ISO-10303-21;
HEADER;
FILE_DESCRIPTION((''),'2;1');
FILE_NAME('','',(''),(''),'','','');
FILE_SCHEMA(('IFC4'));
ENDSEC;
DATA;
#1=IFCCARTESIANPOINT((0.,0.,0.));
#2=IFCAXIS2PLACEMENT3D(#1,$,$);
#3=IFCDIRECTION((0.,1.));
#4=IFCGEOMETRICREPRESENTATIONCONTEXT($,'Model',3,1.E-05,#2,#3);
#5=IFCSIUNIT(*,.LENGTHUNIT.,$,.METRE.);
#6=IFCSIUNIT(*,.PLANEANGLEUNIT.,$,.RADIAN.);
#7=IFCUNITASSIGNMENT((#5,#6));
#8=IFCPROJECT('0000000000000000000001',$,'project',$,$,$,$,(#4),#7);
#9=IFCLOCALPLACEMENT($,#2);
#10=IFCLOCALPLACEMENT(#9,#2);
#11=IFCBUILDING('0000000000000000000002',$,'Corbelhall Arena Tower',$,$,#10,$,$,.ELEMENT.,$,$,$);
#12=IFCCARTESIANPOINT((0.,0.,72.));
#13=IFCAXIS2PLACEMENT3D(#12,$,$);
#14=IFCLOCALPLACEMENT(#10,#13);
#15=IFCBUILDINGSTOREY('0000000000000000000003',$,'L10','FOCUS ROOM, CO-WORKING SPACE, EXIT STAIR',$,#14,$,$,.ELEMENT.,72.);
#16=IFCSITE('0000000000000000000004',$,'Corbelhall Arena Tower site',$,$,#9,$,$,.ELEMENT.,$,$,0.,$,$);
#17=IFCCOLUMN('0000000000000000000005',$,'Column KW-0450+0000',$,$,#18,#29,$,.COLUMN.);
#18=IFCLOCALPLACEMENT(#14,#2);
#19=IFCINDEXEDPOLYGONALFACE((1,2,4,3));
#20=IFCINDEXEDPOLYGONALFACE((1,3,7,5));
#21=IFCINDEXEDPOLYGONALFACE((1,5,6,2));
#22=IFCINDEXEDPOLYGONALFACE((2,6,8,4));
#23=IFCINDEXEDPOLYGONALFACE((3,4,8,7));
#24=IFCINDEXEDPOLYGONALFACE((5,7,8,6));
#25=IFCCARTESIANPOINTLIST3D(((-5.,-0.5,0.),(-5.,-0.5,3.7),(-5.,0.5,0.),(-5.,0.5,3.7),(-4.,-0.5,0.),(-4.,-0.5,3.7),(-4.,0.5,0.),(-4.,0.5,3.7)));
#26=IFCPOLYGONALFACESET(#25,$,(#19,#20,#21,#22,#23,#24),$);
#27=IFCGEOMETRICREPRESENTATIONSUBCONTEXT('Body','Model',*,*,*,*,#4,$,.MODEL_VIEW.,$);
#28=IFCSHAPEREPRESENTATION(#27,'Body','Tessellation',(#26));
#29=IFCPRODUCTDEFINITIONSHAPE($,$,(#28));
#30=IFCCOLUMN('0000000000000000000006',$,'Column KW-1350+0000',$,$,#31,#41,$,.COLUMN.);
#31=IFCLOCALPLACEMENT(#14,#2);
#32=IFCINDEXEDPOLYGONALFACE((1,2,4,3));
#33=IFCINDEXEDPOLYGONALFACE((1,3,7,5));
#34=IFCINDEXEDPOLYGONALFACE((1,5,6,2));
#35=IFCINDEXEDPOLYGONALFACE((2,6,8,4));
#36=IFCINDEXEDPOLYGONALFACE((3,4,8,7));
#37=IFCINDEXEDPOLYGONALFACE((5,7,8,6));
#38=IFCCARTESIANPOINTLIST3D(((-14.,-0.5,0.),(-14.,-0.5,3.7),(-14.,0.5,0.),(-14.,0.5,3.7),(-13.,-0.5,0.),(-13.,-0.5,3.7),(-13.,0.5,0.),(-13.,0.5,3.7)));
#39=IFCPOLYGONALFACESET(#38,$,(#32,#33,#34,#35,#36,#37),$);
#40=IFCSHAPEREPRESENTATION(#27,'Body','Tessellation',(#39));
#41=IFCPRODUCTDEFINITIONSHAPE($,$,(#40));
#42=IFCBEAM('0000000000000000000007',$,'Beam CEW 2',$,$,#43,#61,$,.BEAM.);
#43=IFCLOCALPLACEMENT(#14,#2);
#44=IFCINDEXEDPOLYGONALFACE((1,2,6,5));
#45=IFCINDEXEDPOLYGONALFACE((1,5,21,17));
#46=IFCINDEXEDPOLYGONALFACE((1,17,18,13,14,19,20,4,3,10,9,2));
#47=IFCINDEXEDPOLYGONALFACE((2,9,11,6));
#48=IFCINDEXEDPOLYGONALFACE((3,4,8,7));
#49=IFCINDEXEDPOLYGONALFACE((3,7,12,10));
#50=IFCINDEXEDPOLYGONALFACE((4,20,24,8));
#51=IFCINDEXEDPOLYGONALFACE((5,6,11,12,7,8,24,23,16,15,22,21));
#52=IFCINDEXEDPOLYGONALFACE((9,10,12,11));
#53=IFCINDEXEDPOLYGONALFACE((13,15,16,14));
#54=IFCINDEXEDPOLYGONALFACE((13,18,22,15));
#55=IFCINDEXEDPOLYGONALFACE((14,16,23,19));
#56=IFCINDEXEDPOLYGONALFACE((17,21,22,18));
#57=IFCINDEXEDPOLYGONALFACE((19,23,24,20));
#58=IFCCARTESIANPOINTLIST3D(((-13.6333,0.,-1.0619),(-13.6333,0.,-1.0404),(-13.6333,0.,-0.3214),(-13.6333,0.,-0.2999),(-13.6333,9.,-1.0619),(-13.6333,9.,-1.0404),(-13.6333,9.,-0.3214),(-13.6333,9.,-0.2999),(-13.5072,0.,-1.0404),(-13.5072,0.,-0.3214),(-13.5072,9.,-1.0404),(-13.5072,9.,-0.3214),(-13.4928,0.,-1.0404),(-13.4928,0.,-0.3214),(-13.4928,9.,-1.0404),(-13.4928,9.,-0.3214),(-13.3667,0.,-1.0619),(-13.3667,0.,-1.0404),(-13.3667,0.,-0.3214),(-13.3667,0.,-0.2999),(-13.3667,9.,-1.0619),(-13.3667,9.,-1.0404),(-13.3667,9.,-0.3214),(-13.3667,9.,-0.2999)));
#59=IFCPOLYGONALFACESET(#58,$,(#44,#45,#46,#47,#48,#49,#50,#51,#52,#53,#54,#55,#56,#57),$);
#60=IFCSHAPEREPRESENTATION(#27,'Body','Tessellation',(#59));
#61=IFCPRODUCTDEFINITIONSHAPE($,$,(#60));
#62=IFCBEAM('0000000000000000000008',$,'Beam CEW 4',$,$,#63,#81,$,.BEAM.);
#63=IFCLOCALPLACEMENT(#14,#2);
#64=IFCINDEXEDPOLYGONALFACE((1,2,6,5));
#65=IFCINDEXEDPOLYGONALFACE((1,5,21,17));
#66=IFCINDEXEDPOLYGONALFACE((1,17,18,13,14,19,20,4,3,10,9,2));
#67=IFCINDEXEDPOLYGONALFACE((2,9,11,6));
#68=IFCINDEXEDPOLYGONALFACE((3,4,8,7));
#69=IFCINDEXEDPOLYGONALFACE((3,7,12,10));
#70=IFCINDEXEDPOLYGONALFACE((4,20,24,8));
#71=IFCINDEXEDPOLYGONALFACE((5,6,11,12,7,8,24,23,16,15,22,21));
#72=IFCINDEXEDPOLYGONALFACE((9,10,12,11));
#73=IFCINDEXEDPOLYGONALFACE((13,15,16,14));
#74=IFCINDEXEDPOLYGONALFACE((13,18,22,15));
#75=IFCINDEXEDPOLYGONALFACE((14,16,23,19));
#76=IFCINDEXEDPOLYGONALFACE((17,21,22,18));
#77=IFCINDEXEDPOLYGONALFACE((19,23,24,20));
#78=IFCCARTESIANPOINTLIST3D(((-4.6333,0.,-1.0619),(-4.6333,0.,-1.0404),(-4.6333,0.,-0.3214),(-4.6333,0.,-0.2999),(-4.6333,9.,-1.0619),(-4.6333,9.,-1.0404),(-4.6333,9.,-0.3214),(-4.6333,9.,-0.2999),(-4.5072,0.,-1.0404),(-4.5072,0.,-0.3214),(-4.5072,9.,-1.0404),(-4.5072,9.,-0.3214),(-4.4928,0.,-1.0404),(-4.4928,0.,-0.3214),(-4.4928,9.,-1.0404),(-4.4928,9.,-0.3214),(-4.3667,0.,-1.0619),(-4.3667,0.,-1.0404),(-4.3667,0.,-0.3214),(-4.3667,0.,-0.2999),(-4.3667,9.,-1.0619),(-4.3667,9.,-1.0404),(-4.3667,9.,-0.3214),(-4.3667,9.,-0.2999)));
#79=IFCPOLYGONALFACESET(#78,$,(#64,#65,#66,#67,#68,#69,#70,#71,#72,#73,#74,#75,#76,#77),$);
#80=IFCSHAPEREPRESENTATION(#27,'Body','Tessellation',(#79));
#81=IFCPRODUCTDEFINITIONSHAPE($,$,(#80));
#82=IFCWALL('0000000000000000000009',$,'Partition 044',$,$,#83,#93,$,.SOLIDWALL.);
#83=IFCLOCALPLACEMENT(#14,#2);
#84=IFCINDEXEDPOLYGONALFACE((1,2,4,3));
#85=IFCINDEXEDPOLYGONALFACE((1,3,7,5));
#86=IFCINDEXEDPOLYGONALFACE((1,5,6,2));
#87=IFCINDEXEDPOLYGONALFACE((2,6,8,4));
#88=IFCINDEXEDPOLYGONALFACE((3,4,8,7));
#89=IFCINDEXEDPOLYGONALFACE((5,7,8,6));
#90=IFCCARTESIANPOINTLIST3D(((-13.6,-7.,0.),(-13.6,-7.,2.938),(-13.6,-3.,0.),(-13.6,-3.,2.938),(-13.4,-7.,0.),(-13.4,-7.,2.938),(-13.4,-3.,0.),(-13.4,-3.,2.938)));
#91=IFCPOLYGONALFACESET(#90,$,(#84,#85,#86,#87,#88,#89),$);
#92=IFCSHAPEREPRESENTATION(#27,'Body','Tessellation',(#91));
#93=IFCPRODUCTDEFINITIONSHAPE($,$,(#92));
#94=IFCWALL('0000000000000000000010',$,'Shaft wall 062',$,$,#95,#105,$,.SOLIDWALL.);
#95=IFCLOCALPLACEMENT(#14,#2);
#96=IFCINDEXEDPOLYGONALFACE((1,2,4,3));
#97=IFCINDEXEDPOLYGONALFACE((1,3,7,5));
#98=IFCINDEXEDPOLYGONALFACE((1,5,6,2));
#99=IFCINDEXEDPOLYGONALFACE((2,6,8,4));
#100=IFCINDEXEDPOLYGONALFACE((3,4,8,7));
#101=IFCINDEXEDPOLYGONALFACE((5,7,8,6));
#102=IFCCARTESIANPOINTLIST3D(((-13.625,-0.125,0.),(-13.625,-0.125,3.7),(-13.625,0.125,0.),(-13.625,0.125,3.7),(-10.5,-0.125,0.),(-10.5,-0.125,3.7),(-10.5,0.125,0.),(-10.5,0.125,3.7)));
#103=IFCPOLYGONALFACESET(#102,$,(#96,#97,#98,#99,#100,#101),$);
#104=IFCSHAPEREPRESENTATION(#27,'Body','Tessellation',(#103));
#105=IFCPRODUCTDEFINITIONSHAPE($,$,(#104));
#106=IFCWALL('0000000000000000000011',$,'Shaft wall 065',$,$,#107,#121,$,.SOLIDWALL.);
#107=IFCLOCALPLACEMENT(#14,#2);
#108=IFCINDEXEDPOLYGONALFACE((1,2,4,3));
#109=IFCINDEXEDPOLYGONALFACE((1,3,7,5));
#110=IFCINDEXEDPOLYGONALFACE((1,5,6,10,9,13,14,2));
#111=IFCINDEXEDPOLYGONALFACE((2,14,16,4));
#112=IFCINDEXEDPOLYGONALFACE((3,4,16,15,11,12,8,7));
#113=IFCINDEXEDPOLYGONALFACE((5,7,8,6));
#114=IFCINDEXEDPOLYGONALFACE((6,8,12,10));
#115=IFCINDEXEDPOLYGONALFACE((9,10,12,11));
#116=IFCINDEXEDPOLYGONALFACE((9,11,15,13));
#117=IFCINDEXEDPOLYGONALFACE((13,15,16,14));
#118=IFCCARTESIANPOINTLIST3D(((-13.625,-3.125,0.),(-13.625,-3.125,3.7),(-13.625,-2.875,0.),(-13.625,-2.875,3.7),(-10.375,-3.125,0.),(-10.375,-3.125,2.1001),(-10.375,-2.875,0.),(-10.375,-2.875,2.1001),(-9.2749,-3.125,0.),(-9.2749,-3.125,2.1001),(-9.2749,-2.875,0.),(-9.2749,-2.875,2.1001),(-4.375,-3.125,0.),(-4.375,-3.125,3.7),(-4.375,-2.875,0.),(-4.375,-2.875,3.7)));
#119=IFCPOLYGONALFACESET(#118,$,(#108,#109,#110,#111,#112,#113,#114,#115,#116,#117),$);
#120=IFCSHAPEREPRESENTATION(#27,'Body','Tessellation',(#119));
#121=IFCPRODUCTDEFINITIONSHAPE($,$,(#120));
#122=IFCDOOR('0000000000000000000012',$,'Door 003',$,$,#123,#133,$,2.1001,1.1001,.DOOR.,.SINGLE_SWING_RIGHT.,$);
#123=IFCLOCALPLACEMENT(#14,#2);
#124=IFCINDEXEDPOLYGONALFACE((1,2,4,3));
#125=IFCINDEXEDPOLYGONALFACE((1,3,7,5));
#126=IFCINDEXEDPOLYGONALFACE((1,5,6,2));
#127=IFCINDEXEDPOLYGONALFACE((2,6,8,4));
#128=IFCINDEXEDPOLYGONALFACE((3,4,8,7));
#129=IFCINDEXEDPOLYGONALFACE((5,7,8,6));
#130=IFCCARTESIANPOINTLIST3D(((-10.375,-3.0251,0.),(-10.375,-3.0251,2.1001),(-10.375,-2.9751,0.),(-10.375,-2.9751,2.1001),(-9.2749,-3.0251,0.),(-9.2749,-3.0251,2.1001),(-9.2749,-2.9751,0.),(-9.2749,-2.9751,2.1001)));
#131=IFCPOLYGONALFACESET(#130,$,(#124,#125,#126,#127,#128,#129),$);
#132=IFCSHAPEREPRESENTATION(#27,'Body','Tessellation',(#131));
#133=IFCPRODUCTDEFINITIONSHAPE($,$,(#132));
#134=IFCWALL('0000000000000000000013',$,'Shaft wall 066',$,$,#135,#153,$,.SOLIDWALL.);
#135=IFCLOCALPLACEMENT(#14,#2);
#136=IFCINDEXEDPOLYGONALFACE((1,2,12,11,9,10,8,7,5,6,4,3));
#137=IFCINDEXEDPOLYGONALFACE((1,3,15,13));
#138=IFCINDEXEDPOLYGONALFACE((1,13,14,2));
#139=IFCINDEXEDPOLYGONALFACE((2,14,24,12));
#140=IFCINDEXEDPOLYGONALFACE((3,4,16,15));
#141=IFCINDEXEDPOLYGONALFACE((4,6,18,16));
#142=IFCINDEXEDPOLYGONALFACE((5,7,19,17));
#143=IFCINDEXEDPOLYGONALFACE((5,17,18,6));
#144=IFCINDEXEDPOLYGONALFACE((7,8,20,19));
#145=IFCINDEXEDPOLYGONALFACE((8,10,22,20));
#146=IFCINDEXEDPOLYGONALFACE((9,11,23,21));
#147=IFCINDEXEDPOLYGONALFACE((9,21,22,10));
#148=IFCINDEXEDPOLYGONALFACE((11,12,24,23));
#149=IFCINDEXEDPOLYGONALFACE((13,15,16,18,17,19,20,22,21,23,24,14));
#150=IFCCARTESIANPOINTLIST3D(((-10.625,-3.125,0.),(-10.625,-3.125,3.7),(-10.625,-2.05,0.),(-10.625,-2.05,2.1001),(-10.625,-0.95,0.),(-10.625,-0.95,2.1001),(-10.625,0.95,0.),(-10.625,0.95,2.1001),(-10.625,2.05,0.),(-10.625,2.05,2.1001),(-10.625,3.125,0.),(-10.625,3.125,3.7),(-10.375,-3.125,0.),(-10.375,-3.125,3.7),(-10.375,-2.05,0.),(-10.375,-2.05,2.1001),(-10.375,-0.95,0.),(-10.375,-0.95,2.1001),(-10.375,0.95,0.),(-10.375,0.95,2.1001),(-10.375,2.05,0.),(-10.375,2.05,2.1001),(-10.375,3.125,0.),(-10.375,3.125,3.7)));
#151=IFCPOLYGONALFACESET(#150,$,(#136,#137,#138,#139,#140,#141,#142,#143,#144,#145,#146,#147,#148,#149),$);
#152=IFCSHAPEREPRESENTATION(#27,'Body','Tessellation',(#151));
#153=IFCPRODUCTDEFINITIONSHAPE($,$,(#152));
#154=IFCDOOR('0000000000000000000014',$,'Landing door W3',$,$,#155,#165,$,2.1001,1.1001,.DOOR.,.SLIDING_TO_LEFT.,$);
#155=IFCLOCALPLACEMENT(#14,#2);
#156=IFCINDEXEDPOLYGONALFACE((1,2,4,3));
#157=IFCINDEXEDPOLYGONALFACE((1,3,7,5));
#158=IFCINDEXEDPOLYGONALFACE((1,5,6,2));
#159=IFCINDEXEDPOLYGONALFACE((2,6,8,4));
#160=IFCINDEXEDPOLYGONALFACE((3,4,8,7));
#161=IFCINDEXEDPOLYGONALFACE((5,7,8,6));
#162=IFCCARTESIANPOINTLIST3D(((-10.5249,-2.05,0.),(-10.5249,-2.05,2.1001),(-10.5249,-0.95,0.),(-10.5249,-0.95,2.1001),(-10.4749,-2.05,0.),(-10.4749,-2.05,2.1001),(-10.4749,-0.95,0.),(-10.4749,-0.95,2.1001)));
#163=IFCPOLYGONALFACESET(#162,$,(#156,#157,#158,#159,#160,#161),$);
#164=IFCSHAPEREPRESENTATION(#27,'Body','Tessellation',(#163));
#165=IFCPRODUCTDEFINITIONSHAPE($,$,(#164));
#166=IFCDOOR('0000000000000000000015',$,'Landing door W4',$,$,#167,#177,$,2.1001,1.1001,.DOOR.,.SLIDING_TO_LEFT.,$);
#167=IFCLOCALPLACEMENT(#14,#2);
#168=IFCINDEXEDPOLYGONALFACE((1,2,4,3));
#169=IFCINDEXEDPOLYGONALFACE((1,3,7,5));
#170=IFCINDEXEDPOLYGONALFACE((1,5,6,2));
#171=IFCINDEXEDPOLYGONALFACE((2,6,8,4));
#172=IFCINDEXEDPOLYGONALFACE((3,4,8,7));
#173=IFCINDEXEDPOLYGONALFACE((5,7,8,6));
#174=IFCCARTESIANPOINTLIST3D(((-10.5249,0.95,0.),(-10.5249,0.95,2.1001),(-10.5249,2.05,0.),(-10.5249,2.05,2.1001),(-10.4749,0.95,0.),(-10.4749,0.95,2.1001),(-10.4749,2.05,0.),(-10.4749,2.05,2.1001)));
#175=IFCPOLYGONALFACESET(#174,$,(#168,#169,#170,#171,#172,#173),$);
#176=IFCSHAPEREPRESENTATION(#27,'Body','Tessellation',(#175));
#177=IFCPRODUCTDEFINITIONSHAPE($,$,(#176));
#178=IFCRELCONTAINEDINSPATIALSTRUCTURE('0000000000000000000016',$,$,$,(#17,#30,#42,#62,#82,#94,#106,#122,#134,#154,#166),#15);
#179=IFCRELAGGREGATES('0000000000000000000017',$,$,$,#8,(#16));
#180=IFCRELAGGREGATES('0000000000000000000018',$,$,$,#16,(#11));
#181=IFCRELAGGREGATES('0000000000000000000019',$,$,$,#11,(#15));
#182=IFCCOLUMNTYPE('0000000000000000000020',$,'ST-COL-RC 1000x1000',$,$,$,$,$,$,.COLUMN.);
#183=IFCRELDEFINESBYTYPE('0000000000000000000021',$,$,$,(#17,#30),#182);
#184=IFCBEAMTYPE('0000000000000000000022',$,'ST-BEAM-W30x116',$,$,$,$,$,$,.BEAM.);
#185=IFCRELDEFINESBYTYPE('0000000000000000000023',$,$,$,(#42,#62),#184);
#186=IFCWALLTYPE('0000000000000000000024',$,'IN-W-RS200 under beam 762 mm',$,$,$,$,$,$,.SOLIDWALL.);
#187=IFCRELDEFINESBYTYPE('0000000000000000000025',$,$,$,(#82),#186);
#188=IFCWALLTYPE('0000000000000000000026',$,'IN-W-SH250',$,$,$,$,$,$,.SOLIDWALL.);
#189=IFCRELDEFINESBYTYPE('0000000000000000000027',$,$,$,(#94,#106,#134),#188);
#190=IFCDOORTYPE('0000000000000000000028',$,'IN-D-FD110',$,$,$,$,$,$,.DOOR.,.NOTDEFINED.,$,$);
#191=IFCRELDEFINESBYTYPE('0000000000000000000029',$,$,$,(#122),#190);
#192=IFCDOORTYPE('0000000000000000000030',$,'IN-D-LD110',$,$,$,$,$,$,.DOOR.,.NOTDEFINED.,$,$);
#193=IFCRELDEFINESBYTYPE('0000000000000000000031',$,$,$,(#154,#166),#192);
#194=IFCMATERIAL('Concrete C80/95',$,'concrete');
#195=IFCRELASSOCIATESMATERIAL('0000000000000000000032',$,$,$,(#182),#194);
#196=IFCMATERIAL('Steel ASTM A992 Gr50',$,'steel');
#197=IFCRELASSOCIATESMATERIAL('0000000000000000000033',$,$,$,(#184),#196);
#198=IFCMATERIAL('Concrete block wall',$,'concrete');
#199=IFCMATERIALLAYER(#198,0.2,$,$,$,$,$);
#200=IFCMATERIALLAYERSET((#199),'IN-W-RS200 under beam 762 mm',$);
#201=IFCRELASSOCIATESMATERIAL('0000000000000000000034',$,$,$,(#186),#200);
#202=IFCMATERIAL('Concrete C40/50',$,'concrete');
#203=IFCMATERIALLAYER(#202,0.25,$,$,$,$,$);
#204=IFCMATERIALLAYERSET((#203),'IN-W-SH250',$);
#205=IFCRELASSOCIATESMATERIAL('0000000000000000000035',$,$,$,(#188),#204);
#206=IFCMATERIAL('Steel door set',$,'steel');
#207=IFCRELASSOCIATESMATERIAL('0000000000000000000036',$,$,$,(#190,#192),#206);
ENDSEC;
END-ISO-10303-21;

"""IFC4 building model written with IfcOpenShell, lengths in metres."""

from ifc_helpers import new_model, si_unit, direction, frame, frame_2d, origin, origin_2d, place, context, subcontext, project, spatial, rectangle, i_section, extrude, material, layer, layer_set, material_profile, profile_set, type_object, element, fill, save


model = new_model("IFC4")

# Units and contexts
model_context = context("Model", 3, precision=1e-05, world=origin(), true_north=direction((0.0, 1.0)))
body_context = subcontext(model_context, "Body", "Model", "MODEL_VIEW")
ifc_project = project(units=[si_unit("LENGTHUNIT", "METRE"), si_unit("PLANEANGLEUNIT", "RADIAN")], contexts=[model_context])

# Site, building, storey
site_placement = place(None, origin())
site = spatial("IfcSite", under=ifc_project, at=site_placement, Name="Corbelhall Arena Tower site", CompositionType="ELEMENT", RefElevation=0.0)
building_placement = place(site_placement, origin())
building = spatial("IfcBuilding", under=site, at=building_placement, Name="Corbelhall Arena Tower", CompositionType="ELEMENT")
storey_placement = place(building_placement, frame((0.0, 0.0, 72.0)))
storey = spatial("IfcBuildingStorey", under=building, at=storey_placement, Name="L10", Description="FOCUS ROOM, CO-WORKING SPACE, EXIT STAIR", CompositionType="ELEMENT", Elevation=72.0)

# Columns
ifc_material_1 = material(Name="Concrete C80/95", Category="concrete")
ifc_material_profile_1 = material_profile(ifc_material_1, rectangle(XDim=1.0, YDim=1.0, at=origin_2d()))
ifc_profile_set_1 = profile_set([ifc_material_profile_1], Name="Concrete C80/95")
column_type = type_object("IfcColumnType", Name="ST-COL-RC 1000x1000", PredefinedType="COLUMN", material=ifc_profile_set_1)
for number, where, z_axis, x_axis, name in (
    (1, (-4.5, 0.0, 0.0), (0.0, 0.0, 1.0), (1.0, 0.0, 0.0), "Column KW-0450+0000"),
    (2, (-13.5, 0.0, 0.0), (0.0, 0.0, 1.0), (1.0, 0.0, 0.0), "Column KW-1350+0000"),
):
    element("IfcColumn", number, at=place(storey_placement, frame(where, z_axis=z_axis, x_axis=x_axis)), inside=storey, type_object=column_type, Name=name, PredefinedType="COLUMN", context=body_context, shape_type="SweptSolid", body=[
        extrude(rectangle(XDim=1.0, YDim=1.0, at=origin_2d()), origin(), (0.0, 0.0, 1.0), 3.7),
    ])

# Beams
ifc_material_2 = material(Name="Steel ASTM A992 Gr50", Category="steel")
ifc_material_profile_2 = material_profile(ifc_material_2, i_section(OverallWidth=0.2666, OverallDepth=0.762, WebThickness=0.0144, FlangeThickness=0.0215, at=origin_2d()))
ifc_profile_set_2 = profile_set([ifc_material_profile_2], Name="Steel ASTM A992 Gr50")
beam_type = type_object("IfcBeamType", Name="ST-BEAM-W30x116", PredefinedType="BEAM", material=ifc_profile_set_2)
for number, where, z_axis, x_axis, name in (
    (3, (-13.5, 0.0, -0.6809), (0.0, 1.0, 0.0), (-1.0, 0.0, 0.0), "Beam CEW 2"),
    (4, (-4.5, 0.0, -0.6809), (0.0, 1.0, 0.0), (-1.0, 0.0, 0.0), "Beam CEW 4"),
):
    element("IfcBeam", number, at=place(storey_placement, frame(where, z_axis=z_axis, x_axis=x_axis)), inside=storey, type_object=beam_type, Name=name, PredefinedType="BEAM", context=body_context, shape_type="SweptSolid", body=[
        extrude(i_section(OverallWidth=0.2666, OverallDepth=0.762, WebThickness=0.0144, FlangeThickness=0.0215, at=origin_2d()), origin(), (0.0, 0.0, 1.0), 9.0),
    ])

# Walls
ifc_material_3 = material(Name="Concrete block wall", Category="concrete")
ifc_layer_1 = layer(ifc_material_3, 0.2)
ifc_layer_set_1 = layer_set([ifc_layer_1], Name="IN-W-RS200 under beam 762 mm")
wall_type_1 = type_object("IfcWallType", Name="IN-W-RS200 under beam 762 mm", PredefinedType="SOLIDWALL", material=ifc_layer_set_1)
wall_1_placement = place(storey_placement, frame((-13.5, -7.0, 0.0), z_axis=(0.0, 0.0, 1.0), x_axis=(0.0, 1.0, 0.0)))
element("IfcWall", 5, at=wall_1_placement, inside=storey, type_object=wall_type_1, Name="Partition 044", PredefinedType="SOLIDWALL", context=body_context, shape_type="SweptSolid", body=[
    extrude(rectangle(XDim=4.0, YDim=0.2, at=frame_2d((2.0, 0.0))), origin(), (0.0, 0.0, 1.0), 2.938),
])
ifc_material_4 = material(Name="Concrete C40/50", Category="concrete")
ifc_layer_2 = layer(ifc_material_4, 0.25)
ifc_layer_set_2 = layer_set([ifc_layer_2], Name="IN-W-SH250")
wall_type_2 = type_object("IfcWallType", Name="IN-W-SH250", PredefinedType="SOLIDWALL", material=ifc_layer_set_2)
wall_2_placement = place(storey_placement, frame((-13.625, 0.0, 0.0), z_axis=(0.0, 0.0, 1.0), x_axis=(1.0, 0.0, 0.0)))
element("IfcWall", 6, at=wall_2_placement, inside=storey, type_object=wall_type_2, Name="Shaft wall 062", PredefinedType="SOLIDWALL", context=body_context, shape_type="SweptSolid", body=[
    extrude(rectangle(XDim=3.125, YDim=0.25, at=frame_2d((1.5625, 0.0))), origin(), (0.0, 0.0, 1.0), 3.7),
])

# Wall, opening, door
wall_3_placement = place(storey_placement, frame((-13.625, -3.0, 0.0), z_axis=(0.0, 0.0, 1.0), x_axis=(1.0, 0.0, 0.0)))
wall_3 = element("IfcWall", 7, at=wall_3_placement, inside=storey, type_object=wall_type_2, Name="Shaft wall 065", PredefinedType="SOLIDWALL", context=body_context, shape_type="SweptSolid", body=[
    extrude(rectangle(XDim=9.25, YDim=0.25, at=frame_2d((4.625, 0.0))), origin(), (0.0, 0.0, 1.0), 3.7),
])
opening_1_placement = place(wall_3_placement, frame((3.25, 0.0, 0.0)))
opening_1 = element("IfcOpeningElement", 8, at=opening_1_placement, cuts=wall_3, PredefinedType="OPENING", context=body_context, shape_type="SweptSolid", body=[
    extrude(rectangle(XDim=1.1001, YDim=2.1001, at=frame_2d((0.55, 1.05))), frame((0.0, 0.125, 0.0), z_axis=(0.0, -1.0, 0.0), x_axis=(1.0, 0.0, 0.0)), (0.0, 0.0, 1.0), 0.25),
])
ifc_material_5 = material(Name="Steel door set", Category="steel")
door_type_1 = type_object("IfcDoorType", Name="IN-D-FD110", OperationType="NOTDEFINED", PredefinedType="DOOR", material=ifc_material_5)
door_1_placement = place(opening_1_placement, origin())
door_1 = element("IfcDoor", 9, at=door_1_placement, inside=storey, type_object=door_type_1, Name="Door 003", OperationType="SINGLE_SWING_RIGHT", OverallHeight=2.1001, OverallWidth=1.1001, PredefinedType="DOOR", context=body_context, shape_type="SweptSolid", body=[
    extrude(rectangle(XDim=1.1001, YDim=2.1001, at=frame_2d((0.55, 1.05))), frame((0.0, 0.0249, 0.0), z_axis=(0.0, -1.0, 0.0), x_axis=(1.0, 0.0, 0.0)), (0.0, 0.0, 1.0), 0.05),
])
fill(opening_1, door_1)

# Wall, openings, doors
wall_4_placement = place(storey_placement, frame((-10.5, -3.125, 0.0), z_axis=(0.0, 0.0, 1.0), x_axis=(0.0, 1.0, 0.0)))
wall_4 = element("IfcWall", 10, at=wall_4_placement, inside=storey, type_object=wall_type_2, Name="Shaft wall 066", PredefinedType="SOLIDWALL", context=body_context, shape_type="SweptSolid", body=[
    extrude(rectangle(XDim=6.25, YDim=0.25, at=frame_2d((3.125, 0.0))), origin(), (0.0, 0.0, 1.0), 3.7),
])
opening_2_placement = place(wall_4_placement, frame((1.075, 0.0, 0.0)))
opening_2 = element("IfcOpeningElement", 11, at=opening_2_placement, cuts=wall_4, PredefinedType="OPENING", context=body_context, shape_type="SweptSolid", body=[
    extrude(rectangle(XDim=1.1001, YDim=2.1001, at=frame_2d((0.55, 1.05))), frame((0.0, 0.125, 0.0), z_axis=(0.0, -1.0, 0.0), x_axis=(1.0, 0.0, 0.0)), (0.0, 0.0, 1.0), 0.25),
])
opening_3_placement = place(wall_4_placement, frame((4.075, 0.0, 0.0)))
opening_3 = element("IfcOpeningElement", 12, at=opening_3_placement, cuts=wall_4, PredefinedType="OPENING", context=body_context, shape_type="SweptSolid", body=[
    extrude(rectangle(XDim=1.1001, YDim=2.1001, at=frame_2d((0.55, 1.05))), frame((0.0, 0.125, 0.0), z_axis=(0.0, -1.0, 0.0), x_axis=(1.0, 0.0, 0.0)), (0.0, 0.0, 1.0), 0.25),
])
door_type_2 = type_object("IfcDoorType", Name="IN-D-LD110", OperationType="NOTDEFINED", PredefinedType="DOOR", material=ifc_material_5)
door_2_placement = place(opening_2_placement, origin())
door_2 = element("IfcDoor", 13, at=door_2_placement, inside=storey, type_object=door_type_2, Name="Landing door W3", OperationType="SLIDING_TO_LEFT", OverallHeight=2.1001, OverallWidth=1.1001, PredefinedType="DOOR", context=body_context, shape_type="SweptSolid", body=[
    extrude(rectangle(XDim=1.1001, YDim=2.1001, at=frame_2d((0.55, 1.05))), frame((0.0, 0.0249, 0.0), z_axis=(0.0, -1.0, 0.0), x_axis=(1.0, 0.0, 0.0)), (0.0, 0.0, 1.0), 0.05),
])
fill(opening_2, door_2)
door_3_placement = place(opening_3_placement, origin())
door_3 = element("IfcDoor", 14, at=door_3_placement, inside=storey, type_object=door_type_2, Name="Landing door W4", OperationType="SLIDING_TO_LEFT", OverallHeight=2.1001, OverallWidth=1.1001, PredefinedType="DOOR", context=body_context, shape_type="SweptSolid", body=[
    extrude(rectangle(XDim=1.1001, YDim=2.1001, at=frame_2d((0.55, 1.05))), frame((0.0, 0.0249, 0.0), z_axis=(0.0, -1.0, 0.0), x_axis=(1.0, 0.0, 0.0)), (0.0, 0.0, 1.0), 0.05),
])
fill(opening_3, door_3)

save(model, "model.ifc")
